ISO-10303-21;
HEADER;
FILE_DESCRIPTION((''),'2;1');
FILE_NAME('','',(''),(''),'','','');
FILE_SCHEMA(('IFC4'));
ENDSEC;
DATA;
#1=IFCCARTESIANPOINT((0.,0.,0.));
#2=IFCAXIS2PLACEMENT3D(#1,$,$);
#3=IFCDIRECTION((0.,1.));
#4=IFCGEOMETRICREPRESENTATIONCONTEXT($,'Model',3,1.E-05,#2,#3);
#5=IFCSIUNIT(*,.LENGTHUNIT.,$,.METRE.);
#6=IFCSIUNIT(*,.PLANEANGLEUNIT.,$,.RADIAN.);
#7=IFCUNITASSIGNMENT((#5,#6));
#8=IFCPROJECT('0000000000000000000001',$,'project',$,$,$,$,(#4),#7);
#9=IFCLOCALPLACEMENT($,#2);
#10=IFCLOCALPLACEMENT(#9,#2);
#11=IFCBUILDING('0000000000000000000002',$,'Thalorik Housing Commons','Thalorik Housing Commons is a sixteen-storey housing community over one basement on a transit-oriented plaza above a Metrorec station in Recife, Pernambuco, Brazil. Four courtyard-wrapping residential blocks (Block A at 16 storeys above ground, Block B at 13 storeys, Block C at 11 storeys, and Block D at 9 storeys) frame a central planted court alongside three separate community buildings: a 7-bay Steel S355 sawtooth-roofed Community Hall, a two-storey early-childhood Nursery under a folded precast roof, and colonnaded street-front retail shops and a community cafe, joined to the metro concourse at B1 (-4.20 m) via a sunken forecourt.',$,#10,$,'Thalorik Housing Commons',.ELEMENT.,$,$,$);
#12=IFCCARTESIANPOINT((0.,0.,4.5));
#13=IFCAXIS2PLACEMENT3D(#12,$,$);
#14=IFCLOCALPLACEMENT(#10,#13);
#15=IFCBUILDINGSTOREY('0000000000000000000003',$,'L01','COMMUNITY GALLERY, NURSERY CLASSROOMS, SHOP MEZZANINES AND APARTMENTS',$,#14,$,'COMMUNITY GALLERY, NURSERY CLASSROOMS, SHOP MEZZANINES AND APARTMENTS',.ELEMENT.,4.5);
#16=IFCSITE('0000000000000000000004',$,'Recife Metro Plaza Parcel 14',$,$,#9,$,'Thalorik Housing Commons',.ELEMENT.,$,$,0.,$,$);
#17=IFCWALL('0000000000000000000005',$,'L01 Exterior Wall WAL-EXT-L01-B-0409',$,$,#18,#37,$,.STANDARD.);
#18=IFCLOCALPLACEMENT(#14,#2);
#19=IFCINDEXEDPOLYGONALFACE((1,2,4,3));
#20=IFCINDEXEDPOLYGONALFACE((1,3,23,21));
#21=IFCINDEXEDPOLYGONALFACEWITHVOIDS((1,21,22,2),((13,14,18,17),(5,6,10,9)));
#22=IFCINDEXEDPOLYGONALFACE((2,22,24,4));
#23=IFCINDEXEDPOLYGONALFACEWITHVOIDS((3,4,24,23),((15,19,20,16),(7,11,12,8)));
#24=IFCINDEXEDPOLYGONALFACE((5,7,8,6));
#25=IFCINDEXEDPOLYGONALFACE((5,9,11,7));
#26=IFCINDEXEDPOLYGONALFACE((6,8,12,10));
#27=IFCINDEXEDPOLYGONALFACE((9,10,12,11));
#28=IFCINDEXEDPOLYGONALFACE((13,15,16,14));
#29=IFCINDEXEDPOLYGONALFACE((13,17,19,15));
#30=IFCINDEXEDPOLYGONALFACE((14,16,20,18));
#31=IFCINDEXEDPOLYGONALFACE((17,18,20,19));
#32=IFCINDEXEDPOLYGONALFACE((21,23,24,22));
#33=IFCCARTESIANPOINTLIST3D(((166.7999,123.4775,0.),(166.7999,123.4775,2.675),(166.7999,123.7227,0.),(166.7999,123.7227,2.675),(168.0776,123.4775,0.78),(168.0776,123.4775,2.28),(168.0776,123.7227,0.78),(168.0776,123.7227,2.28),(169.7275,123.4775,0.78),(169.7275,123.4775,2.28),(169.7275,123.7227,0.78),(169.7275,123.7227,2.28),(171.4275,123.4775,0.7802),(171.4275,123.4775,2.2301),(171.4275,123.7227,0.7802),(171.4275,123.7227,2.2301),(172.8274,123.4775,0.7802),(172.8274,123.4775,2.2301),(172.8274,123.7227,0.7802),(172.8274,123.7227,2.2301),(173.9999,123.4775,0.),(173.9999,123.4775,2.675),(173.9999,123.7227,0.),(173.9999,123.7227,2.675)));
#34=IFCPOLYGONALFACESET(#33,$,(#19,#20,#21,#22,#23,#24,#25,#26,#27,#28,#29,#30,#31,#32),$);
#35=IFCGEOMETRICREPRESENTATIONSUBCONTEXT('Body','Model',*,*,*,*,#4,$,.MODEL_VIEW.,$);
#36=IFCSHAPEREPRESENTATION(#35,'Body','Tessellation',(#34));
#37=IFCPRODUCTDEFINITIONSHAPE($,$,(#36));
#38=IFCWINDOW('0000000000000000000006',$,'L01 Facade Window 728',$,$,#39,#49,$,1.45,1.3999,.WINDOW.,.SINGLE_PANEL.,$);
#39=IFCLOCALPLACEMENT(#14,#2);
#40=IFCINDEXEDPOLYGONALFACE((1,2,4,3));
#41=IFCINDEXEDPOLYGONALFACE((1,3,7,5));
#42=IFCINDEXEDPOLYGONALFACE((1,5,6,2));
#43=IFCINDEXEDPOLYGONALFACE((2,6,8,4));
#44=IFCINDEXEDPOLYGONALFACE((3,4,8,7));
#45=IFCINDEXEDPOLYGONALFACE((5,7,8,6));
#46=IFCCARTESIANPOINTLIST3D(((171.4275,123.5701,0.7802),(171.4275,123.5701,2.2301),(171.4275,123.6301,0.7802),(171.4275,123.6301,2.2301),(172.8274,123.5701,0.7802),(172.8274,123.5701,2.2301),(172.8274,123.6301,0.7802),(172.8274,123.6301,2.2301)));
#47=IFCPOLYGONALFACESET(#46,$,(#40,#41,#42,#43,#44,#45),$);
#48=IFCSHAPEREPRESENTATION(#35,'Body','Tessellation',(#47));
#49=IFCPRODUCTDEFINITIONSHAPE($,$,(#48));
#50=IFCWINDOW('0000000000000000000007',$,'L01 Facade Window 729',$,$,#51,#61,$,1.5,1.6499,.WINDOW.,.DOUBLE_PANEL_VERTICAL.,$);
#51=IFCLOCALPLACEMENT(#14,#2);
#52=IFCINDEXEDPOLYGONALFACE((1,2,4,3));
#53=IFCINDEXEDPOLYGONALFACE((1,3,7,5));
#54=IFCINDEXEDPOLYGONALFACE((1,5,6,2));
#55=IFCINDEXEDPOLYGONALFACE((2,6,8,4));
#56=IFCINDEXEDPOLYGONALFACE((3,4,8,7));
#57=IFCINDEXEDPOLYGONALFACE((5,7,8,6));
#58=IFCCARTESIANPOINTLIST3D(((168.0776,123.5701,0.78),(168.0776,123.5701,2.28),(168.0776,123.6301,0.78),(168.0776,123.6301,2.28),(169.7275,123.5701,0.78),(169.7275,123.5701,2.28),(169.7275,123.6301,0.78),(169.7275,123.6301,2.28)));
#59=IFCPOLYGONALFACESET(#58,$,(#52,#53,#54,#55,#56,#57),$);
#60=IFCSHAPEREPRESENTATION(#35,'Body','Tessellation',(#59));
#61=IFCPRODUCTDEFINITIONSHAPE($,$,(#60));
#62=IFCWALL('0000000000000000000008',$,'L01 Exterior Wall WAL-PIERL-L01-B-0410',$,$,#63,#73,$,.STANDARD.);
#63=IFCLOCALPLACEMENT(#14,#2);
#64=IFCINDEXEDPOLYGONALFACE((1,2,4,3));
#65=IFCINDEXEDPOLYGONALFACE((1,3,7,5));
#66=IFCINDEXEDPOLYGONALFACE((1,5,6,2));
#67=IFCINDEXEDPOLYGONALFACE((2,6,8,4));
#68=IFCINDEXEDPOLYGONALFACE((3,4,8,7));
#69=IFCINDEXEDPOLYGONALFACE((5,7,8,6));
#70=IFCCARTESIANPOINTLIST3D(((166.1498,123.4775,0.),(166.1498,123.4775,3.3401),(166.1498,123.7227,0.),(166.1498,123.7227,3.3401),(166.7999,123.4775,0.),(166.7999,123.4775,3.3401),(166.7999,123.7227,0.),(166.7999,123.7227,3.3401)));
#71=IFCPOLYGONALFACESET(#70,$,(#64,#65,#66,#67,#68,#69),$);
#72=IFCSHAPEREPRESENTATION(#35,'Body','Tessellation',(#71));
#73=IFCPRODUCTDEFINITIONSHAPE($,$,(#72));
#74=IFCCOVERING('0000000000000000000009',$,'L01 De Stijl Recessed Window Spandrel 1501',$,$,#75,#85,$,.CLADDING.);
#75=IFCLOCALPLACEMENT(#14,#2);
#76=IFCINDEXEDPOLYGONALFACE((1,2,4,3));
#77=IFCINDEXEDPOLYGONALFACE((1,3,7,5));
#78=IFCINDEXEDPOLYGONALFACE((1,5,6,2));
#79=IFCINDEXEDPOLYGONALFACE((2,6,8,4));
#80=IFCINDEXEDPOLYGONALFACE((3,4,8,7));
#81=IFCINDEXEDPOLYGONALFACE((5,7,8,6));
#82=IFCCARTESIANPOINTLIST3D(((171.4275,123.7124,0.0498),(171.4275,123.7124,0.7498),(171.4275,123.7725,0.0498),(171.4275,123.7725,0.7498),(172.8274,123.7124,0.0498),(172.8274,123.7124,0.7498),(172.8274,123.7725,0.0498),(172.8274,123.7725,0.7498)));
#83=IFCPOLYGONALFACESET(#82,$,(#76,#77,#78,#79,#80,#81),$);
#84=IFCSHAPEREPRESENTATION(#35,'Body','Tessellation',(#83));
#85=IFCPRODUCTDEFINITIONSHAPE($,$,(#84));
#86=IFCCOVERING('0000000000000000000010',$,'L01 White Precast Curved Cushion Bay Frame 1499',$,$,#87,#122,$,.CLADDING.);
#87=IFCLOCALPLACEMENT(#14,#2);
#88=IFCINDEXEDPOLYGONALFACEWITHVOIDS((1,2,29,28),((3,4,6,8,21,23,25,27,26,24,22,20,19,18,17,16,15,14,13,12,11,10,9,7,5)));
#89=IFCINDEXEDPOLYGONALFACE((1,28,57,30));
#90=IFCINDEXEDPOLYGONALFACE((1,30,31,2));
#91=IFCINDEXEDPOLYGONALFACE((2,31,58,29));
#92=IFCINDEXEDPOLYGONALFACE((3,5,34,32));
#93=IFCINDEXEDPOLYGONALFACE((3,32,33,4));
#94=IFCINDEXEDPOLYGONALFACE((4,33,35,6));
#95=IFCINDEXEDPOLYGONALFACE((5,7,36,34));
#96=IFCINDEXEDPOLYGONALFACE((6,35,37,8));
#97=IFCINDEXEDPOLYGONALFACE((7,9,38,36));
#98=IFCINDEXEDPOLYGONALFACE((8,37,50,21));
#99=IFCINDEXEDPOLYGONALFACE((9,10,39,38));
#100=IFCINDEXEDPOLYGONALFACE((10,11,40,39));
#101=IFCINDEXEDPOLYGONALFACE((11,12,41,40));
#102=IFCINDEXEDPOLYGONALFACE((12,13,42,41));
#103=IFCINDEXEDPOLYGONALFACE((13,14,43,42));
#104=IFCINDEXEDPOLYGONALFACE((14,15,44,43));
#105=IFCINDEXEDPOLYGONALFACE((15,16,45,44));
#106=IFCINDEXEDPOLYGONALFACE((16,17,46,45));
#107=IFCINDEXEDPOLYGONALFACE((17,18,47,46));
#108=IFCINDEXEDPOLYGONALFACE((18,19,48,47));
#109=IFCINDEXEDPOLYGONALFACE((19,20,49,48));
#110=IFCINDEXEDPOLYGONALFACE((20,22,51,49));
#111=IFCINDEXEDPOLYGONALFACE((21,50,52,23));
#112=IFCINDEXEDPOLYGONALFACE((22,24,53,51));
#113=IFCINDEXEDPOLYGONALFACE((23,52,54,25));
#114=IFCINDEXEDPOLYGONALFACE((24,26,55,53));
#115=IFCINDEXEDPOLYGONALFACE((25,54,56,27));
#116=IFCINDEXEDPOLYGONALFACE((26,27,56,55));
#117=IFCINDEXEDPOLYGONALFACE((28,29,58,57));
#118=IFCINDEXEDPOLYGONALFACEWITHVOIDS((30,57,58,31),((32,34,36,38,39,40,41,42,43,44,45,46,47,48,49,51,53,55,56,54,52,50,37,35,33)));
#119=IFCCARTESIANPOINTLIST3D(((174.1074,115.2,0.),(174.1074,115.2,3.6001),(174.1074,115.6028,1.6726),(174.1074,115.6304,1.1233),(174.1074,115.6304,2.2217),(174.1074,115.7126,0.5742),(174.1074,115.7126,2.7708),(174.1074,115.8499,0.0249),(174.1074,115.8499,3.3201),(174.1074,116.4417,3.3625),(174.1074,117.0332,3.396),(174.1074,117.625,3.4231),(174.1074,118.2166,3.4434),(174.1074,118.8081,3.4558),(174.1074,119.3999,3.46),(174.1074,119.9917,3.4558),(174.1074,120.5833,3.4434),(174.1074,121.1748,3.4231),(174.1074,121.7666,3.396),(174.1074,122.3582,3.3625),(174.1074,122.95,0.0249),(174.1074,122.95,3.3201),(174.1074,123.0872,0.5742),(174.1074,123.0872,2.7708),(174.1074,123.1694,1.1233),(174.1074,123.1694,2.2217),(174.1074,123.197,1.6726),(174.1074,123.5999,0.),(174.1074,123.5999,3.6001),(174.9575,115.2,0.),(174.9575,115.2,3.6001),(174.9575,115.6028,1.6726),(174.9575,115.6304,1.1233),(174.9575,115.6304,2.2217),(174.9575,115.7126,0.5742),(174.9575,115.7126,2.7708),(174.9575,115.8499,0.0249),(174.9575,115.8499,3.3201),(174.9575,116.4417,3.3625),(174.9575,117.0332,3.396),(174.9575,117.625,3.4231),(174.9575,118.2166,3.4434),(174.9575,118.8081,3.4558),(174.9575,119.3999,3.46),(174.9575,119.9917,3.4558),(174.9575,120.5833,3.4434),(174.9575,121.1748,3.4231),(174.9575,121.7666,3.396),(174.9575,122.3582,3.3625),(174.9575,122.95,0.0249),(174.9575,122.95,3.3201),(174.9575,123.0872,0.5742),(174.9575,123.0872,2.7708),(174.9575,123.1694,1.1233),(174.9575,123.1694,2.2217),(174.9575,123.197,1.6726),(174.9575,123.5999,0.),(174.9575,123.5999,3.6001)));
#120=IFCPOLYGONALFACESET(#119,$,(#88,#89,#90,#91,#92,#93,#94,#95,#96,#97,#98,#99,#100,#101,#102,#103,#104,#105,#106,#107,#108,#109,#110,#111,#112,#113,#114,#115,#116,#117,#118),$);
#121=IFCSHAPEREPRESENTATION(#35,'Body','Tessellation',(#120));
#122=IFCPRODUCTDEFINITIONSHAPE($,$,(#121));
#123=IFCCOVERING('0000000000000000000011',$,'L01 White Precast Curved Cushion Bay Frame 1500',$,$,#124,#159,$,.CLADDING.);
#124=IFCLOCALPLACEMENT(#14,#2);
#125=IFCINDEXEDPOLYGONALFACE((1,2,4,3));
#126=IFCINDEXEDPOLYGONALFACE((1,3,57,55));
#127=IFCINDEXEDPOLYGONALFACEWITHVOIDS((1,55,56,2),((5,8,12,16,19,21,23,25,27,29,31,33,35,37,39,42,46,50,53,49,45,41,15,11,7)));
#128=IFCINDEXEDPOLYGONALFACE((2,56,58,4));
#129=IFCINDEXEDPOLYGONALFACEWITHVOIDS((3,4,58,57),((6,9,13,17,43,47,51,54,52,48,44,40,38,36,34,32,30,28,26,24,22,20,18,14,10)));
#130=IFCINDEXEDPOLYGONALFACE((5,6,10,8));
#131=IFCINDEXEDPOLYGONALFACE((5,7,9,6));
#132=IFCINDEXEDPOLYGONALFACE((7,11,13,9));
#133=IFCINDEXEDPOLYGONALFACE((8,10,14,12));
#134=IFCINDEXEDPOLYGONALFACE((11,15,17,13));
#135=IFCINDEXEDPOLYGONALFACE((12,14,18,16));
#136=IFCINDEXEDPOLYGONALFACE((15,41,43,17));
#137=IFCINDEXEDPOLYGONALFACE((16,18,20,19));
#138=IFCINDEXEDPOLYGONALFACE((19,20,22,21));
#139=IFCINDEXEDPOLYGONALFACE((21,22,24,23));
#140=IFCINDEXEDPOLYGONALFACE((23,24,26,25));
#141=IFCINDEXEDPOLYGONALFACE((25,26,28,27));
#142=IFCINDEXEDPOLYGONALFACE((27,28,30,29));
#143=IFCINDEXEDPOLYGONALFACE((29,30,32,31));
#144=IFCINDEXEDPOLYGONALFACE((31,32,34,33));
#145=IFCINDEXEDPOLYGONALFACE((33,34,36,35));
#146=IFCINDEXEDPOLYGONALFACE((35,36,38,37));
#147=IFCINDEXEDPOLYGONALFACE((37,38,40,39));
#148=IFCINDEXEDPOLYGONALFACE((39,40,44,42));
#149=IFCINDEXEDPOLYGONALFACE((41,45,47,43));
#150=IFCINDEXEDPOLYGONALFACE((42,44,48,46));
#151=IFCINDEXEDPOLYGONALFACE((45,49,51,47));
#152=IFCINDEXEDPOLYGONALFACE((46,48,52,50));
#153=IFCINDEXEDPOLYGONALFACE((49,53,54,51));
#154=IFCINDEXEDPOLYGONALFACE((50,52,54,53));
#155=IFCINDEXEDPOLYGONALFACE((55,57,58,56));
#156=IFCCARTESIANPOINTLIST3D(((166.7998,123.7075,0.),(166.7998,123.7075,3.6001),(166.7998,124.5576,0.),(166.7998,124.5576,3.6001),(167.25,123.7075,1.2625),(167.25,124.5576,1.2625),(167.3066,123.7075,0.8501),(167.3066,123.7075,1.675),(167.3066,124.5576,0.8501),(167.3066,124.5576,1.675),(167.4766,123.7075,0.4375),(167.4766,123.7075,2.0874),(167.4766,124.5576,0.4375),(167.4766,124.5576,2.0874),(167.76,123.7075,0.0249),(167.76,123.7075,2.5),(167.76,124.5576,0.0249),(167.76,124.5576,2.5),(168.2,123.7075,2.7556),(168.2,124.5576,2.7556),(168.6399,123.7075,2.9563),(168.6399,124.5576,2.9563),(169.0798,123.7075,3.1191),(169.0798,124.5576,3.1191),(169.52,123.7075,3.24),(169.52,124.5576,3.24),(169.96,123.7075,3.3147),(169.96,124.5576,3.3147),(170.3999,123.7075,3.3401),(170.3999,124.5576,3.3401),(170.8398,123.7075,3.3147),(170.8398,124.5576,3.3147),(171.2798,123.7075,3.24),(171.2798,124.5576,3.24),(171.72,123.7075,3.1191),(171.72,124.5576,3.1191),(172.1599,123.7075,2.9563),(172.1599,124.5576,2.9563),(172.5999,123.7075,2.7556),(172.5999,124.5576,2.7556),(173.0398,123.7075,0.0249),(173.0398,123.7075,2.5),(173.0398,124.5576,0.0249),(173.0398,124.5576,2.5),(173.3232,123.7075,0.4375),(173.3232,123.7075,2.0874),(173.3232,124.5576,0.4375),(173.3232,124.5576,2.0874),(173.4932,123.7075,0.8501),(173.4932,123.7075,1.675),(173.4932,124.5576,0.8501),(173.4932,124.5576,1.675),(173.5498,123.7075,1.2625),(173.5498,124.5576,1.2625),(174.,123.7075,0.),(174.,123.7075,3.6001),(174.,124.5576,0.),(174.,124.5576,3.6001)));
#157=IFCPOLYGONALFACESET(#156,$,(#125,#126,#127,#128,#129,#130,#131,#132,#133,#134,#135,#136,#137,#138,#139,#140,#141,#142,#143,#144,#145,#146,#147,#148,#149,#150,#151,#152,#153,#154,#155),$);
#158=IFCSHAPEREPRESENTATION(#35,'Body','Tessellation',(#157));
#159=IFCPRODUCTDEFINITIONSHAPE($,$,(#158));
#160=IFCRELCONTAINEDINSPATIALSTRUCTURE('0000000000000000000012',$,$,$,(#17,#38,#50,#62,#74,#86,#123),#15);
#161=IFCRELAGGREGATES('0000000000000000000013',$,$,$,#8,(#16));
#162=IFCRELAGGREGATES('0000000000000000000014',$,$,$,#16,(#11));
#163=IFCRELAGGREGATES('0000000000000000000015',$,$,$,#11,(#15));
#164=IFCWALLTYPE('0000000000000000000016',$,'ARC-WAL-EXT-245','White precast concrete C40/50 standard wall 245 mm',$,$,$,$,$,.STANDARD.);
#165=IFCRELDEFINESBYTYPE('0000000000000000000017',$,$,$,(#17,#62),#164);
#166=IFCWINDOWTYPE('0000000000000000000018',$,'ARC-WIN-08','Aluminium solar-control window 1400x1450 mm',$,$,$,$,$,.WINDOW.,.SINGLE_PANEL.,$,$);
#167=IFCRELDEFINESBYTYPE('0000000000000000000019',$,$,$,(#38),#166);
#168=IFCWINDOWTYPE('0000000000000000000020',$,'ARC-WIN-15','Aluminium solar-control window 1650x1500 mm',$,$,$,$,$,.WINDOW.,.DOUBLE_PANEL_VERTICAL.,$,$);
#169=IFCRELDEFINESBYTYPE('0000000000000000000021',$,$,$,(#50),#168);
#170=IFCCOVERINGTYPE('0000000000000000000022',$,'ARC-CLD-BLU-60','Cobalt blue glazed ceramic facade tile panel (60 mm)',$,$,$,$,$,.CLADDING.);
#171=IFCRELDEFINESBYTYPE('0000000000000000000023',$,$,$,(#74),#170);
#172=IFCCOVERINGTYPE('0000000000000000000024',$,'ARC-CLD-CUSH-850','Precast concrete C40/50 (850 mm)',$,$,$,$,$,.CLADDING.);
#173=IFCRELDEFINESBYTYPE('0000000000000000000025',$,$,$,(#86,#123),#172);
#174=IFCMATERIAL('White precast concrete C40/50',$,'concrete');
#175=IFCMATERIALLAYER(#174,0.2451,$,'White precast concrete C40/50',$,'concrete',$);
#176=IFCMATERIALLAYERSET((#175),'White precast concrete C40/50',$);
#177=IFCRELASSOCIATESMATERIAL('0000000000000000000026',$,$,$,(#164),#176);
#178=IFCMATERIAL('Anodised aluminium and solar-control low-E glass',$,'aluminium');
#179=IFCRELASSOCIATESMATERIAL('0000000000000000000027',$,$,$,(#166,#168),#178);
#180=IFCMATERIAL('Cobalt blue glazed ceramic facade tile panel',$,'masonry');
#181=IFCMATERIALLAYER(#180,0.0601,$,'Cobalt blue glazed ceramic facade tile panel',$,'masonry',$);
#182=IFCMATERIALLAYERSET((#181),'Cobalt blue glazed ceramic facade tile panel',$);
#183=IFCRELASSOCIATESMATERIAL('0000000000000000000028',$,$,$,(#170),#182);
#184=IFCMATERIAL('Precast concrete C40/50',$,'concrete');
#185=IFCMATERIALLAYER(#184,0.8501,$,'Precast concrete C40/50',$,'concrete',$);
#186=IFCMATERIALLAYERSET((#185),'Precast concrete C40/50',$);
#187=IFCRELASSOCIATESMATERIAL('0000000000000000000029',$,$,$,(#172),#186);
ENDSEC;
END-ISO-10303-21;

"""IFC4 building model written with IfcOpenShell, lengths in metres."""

from ifc_helpers import new_model, si_unit, direction, frame, frame_2d, origin, origin_2d, place, context, subcontext, project, spatial, polyline, rectangle, outline, extrude, material, layer, layer_set, type_object, element, fill, save


model = new_model("IFC4")

# Units and contexts
model_context = context("Model", 3, precision=1e-05, world=origin(), true_north=direction((0.0, 1.0)))
body_context = subcontext(model_context, "Body", "Model", "MODEL_VIEW")
ifc_project = project(units=[si_unit("LENGTHUNIT", "METRE"), si_unit("PLANEANGLEUNIT", "RADIAN")], contexts=[model_context])

# Site, building, storey
site_placement = place(None, origin())
site = spatial("IfcSite", under=ifc_project, at=site_placement, Name="Recife Metro Plaza Parcel 14", LongName="Thalorik Housing Commons", CompositionType="ELEMENT", RefElevation=0.0)
building_placement = place(site_placement, origin())
building = spatial("IfcBuilding", under=site, at=building_placement, Name="Thalorik Housing Commons", Description="Thalorik Housing Commons is a sixteen-storey housing community over one basement on a transit-oriented plaza above a Metrorec station in Recife, Pernambuco, Brazil. Four courtyard-wrapping residential blocks (Block A at 16 storeys above ground, Block B at 13 storeys, Block C at 11 storeys, and Block D at 9 storeys) frame a central planted court alongside three separate community buildings: a 7-bay Steel S355 sawtooth-roofed Community Hall, a two-storey early-childhood Nursery under a folded precast roof, and colonnaded street-front retail shops and a community cafe, joined to the metro concourse at B1 (-4.20 m) via a sunken forecourt.", LongName="Thalorik Housing Commons", CompositionType="ELEMENT")
storey_placement = place(building_placement, frame((0.0, 0.0, 4.5)))
storey = spatial("IfcBuildingStorey", under=building, at=storey_placement, Name="L01", Description="COMMUNITY GALLERY, NURSERY CLASSROOMS, SHOP MEZZANINES AND APARTMENTS", LongName="COMMUNITY GALLERY, NURSERY CLASSROOMS, SHOP MEZZANINES AND APARTMENTS", CompositionType="ELEMENT", Elevation=4.5)

# Shared definitions
ifc_material_1 = material(Name="Precast concrete C40/50", Category="concrete")

# Shared definitions
ifc_material_2 = material(Name="Anodised aluminium and solar-control low-E glass", Category="aluminium")

# Shared definitions
ifc_material_3 = material(Name="White precast concrete C40/50", Category="concrete")
ifc_layer_1 = layer(ifc_material_3, 0.2451, Name="White precast concrete C40/50", Category="concrete")
ifc_layer_set_1 = layer_set([ifc_layer_1], Name="White precast concrete C40/50")
wall_type_1 = type_object("IfcWallType", Name="ARC-WAL-EXT-245", Description="White precast concrete C40/50 standard wall 245 mm", PredefinedType="STANDARD", material=ifc_layer_set_1)

# Wall, openings, windows
wall_1_placement = place(storey_placement, frame((174.0, 123.6001, 0.0), z_axis=(0.0, 0.0, 1.0), x_axis=(-1.0, 0.0, 0.0)))
wall_1 = element("IfcWall", 1, at=wall_1_placement, inside=storey, type_object=wall_type_1, Name="L01 Exterior Wall WAL-EXT-L01-B-0409", PredefinedType="STANDARD", context=body_context, shape_type="SweptSolid", body=[
    extrude(rectangle(XDim=7.2, YDim=0.2451, at=frame_2d((3.6001, 0.0))), origin(), (0.0, 0.0, 1.0), 2.675),
])
opening_1_placement = place(wall_1_placement, frame((1.1726, 0.0, 0.78)))
opening_1 = element("IfcOpeningElement", 2, at=opening_1_placement, cuts=wall_1, PredefinedType="OPENING", context=body_context, shape_type="SweptSolid", body=[
    extrude(rectangle(XDim=1.3999, YDim=1.45, at=frame_2d((0.7, 0.7251))), frame((0.0, 0.1326, 0.0), z_axis=(0.0, -1.0, 0.0), x_axis=(1.0, 0.0, 0.0)), (0.0, 0.0, 1.0), 0.2651),
])
opening_2_placement = place(wall_1_placement, frame((4.2725, 0.0, 0.78)))
opening_2 = element("IfcOpeningElement", 3, at=opening_2_placement, cuts=wall_1, PredefinedType="OPENING", context=body_context, shape_type="SweptSolid", body=[
    extrude(rectangle(XDim=1.6499, YDim=1.5, at=frame_2d((0.825, 0.75))), frame((0.0, 0.1326, 0.0), z_axis=(0.0, -1.0, 0.0), x_axis=(1.0, 0.0, 0.0)), (0.0, 0.0, 1.0), 0.2651),
])
window_type_1 = type_object("IfcWindowType", Name="ARC-WIN-08", Description="Aluminium solar-control window 1400x1450 mm", PartitioningType="SINGLE_PANEL", PredefinedType="WINDOW", material=ifc_material_2)
window_1_placement = place(opening_1_placement, origin())
window_1 = element("IfcWindow", 4, at=window_1_placement, inside=storey, type_object=window_type_1, Name="L01 Facade Window 728", OverallHeight=1.45, OverallWidth=1.3999, PartitioningType="SINGLE_PANEL", PredefinedType="WINDOW", context=body_context, shape_type="SweptSolid", body=[
    extrude(rectangle(XDim=1.3999, YDim=1.45, at=frame_2d((0.7, 0.7251))), frame((0.0, 0.03, 0.0), z_axis=(0.0, -1.0, 0.0), x_axis=(1.0, 0.0, 0.0)), (0.0, 0.0, 1.0), 0.0601),
])
fill(opening_1, window_1)
window_type_2 = type_object("IfcWindowType", Name="ARC-WIN-15", Description="Aluminium solar-control window 1650x1500 mm", PartitioningType="DOUBLE_PANEL_VERTICAL", PredefinedType="WINDOW", material=ifc_material_2)
window_2_placement = place(opening_2_placement, origin())
window_2 = element("IfcWindow", 5, at=window_2_placement, inside=storey, type_object=window_type_2, Name="L01 Facade Window 729", OverallHeight=1.5, OverallWidth=1.6499, PartitioningType="DOUBLE_PANEL_VERTICAL", PredefinedType="WINDOW", context=body_context, shape_type="SweptSolid", body=[
    extrude(rectangle(XDim=1.6499, YDim=1.5, at=frame_2d((0.825, 0.75))), frame((0.0, 0.03, 0.0), z_axis=(0.0, -1.0, 0.0), x_axis=(1.0, 0.0, 0.0)), (0.0, 0.0, 1.0), 0.0601),
])
fill(opening_2, window_2)

# Wall
wall_2_placement = place(storey_placement, frame((166.8, 123.6001, 0.0), z_axis=(0.0, 0.0, 1.0), x_axis=(-1.0, 0.0, 0.0)))
element("IfcWall", 6, at=wall_2_placement, inside=storey, type_object=wall_type_1, Name="L01 Exterior Wall WAL-PIERL-L01-B-0410", PredefinedType="STANDARD", context=body_context, shape_type="SweptSolid", body=[
    extrude(rectangle(XDim=0.6501, YDim=0.2451, at=frame_2d((0.3252, 0.0))), origin(), (0.0, 0.0, 1.0), 3.3401),
])

# Coverings
ifc_material_4 = material(Name="Cobalt blue glazed ceramic facade tile panel", Category="masonry")
ifc_layer_2 = layer(ifc_material_4, 0.0601, Name="Cobalt blue glazed ceramic facade tile panel", Category="masonry")
ifc_layer_set_2 = layer_set([ifc_layer_2], Name="Cobalt blue glazed ceramic facade tile panel")
covering_type_1 = type_object("IfcCoveringType", Name="ARC-CLD-BLU-60", Description="Cobalt blue glazed ceramic facade tile panel (60 mm)", PredefinedType="CLADDING", material=ifc_layer_set_2)
covering_1_placement = place(storey_placement, frame((172.1274, 123.7424, 0.0498), z_axis=(0.0, 0.0, 1.0), x_axis=(-1.0, 0.0, 0.0)))
element("IfcCovering", 7, at=covering_1_placement, inside=storey, type_object=covering_type_1, Name="L01 De Stijl Recessed Window Spandrel 1501", PredefinedType="CLADDING", context=body_context, shape_type="SweptSolid", body=[
    extrude(rectangle(XDim=1.3999, YDim=0.0601, at=origin_2d()), origin(), (0.0, 0.0, 1.0), 0.7),
])
ifc_layer_3 = layer(ifc_material_1, 0.8501, Name="Precast concrete C40/50", Category="concrete")
ifc_layer_set_3 = layer_set([ifc_layer_3], Name="Precast concrete C40/50")
covering_type_2 = type_object("IfcCoveringType", Name="ARC-CLD-CUSH-850", Description="Precast concrete C40/50 (850 mm)", PredefinedType="CLADDING", material=ifc_layer_set_3)
covering_2_placement = place(storey_placement, frame((174.5325, 119.3999, 0.0), z_axis=(0.0, 0.0, 1.0), x_axis=(0.0, 1.0, 0.0)))
element("IfcCovering", 8, at=covering_2_placement, inside=storey, type_object=covering_type_2, Name="L01 White Precast Curved Cushion Bay Frame 1499", PredefinedType="CLADDING", context=body_context, shape_type="SweptSolid", body=[
    extrude(outline(polyline([(-4.2, 0.0), (4.2, 0.0), (4.2, 3.6001), (-4.2, 3.6001), (-4.2, 0.0)]), holes=[polyline([(3.55, 0.0249), (3.6873, 0.5742), (3.7695, 1.1233), (3.7971, 1.6726), (3.7695, 2.2217), (3.6873, 2.7708), (3.55, 3.3201), (2.9583, 3.3625), (2.3667, 3.396), (1.7749, 3.4231), (1.1833, 3.4434), (0.5918, 3.4558), (0.0, 3.46), (-0.5918, 3.4558), (-1.1833, 3.4434), (-1.7749, 3.4231), (-2.3667, 3.396), (-2.9583, 3.3625), (-3.55, 3.3201), (-3.6873, 2.7708), (-3.7695, 2.2217), (-3.7971, 1.6726), (-3.7695, 1.1233), (-3.6873, 0.5742), (-3.55, 0.0249), (3.55, 0.0249)])]), frame((0.0, 0.425, 0.0), z_axis=(0.0, -1.0, 0.0), x_axis=(1.0, 0.0, 0.0)), (0.0, 0.0, 1.0), 0.8501),
])
covering_3_placement = place(storey_placement, frame((170.3999, 124.1326, 0.0), z_axis=(0.0, 0.0, 1.0), x_axis=(-1.0, 0.0, 0.0)))
element("IfcCovering", 9, at=covering_3_placement, inside=storey, type_object=covering_type_2, Name="L01 White Precast Curved Cushion Bay Frame 1500", PredefinedType="CLADDING", context=body_context, shape_type="SweptSolid", body=[
    extrude(outline(polyline([(-3.6001, 0.0), (3.6001, 0.0), (3.6001, 3.6001), (-3.6001, 3.6001), (-3.6001, 0.0)]), holes=[polyline([(2.6399, 0.0249), (2.9233, 0.4375), (3.0933, 0.8501), (3.1499, 1.2625), (3.0933, 1.675), (2.9233, 2.0874), (2.6399, 2.5), (2.2, 2.7556), (1.76, 2.9563), (1.3201, 3.1191), (0.8799, 3.24), (0.4399, 3.3147), (0.0, 3.3401), (-0.4399, 3.3147), (-0.8799, 3.24), (-1.3201, 3.1191), (-1.76, 2.9563), (-2.2, 2.7556), (-2.6399, 2.5), (-2.9233, 2.0874), (-3.0933, 1.675), (-3.1499, 1.2625), (-3.0933, 0.8501), (-2.9233, 0.4375), (-2.6399, 0.0249), (2.6399, 0.0249)])]), frame((0.0, 0.425, 0.0), z_axis=(0.0, -1.0, 0.0), x_axis=(1.0, 0.0, 0.0)), (0.0, 0.0, 1.0), 0.8501),
])

save(model, "model.ifc")
